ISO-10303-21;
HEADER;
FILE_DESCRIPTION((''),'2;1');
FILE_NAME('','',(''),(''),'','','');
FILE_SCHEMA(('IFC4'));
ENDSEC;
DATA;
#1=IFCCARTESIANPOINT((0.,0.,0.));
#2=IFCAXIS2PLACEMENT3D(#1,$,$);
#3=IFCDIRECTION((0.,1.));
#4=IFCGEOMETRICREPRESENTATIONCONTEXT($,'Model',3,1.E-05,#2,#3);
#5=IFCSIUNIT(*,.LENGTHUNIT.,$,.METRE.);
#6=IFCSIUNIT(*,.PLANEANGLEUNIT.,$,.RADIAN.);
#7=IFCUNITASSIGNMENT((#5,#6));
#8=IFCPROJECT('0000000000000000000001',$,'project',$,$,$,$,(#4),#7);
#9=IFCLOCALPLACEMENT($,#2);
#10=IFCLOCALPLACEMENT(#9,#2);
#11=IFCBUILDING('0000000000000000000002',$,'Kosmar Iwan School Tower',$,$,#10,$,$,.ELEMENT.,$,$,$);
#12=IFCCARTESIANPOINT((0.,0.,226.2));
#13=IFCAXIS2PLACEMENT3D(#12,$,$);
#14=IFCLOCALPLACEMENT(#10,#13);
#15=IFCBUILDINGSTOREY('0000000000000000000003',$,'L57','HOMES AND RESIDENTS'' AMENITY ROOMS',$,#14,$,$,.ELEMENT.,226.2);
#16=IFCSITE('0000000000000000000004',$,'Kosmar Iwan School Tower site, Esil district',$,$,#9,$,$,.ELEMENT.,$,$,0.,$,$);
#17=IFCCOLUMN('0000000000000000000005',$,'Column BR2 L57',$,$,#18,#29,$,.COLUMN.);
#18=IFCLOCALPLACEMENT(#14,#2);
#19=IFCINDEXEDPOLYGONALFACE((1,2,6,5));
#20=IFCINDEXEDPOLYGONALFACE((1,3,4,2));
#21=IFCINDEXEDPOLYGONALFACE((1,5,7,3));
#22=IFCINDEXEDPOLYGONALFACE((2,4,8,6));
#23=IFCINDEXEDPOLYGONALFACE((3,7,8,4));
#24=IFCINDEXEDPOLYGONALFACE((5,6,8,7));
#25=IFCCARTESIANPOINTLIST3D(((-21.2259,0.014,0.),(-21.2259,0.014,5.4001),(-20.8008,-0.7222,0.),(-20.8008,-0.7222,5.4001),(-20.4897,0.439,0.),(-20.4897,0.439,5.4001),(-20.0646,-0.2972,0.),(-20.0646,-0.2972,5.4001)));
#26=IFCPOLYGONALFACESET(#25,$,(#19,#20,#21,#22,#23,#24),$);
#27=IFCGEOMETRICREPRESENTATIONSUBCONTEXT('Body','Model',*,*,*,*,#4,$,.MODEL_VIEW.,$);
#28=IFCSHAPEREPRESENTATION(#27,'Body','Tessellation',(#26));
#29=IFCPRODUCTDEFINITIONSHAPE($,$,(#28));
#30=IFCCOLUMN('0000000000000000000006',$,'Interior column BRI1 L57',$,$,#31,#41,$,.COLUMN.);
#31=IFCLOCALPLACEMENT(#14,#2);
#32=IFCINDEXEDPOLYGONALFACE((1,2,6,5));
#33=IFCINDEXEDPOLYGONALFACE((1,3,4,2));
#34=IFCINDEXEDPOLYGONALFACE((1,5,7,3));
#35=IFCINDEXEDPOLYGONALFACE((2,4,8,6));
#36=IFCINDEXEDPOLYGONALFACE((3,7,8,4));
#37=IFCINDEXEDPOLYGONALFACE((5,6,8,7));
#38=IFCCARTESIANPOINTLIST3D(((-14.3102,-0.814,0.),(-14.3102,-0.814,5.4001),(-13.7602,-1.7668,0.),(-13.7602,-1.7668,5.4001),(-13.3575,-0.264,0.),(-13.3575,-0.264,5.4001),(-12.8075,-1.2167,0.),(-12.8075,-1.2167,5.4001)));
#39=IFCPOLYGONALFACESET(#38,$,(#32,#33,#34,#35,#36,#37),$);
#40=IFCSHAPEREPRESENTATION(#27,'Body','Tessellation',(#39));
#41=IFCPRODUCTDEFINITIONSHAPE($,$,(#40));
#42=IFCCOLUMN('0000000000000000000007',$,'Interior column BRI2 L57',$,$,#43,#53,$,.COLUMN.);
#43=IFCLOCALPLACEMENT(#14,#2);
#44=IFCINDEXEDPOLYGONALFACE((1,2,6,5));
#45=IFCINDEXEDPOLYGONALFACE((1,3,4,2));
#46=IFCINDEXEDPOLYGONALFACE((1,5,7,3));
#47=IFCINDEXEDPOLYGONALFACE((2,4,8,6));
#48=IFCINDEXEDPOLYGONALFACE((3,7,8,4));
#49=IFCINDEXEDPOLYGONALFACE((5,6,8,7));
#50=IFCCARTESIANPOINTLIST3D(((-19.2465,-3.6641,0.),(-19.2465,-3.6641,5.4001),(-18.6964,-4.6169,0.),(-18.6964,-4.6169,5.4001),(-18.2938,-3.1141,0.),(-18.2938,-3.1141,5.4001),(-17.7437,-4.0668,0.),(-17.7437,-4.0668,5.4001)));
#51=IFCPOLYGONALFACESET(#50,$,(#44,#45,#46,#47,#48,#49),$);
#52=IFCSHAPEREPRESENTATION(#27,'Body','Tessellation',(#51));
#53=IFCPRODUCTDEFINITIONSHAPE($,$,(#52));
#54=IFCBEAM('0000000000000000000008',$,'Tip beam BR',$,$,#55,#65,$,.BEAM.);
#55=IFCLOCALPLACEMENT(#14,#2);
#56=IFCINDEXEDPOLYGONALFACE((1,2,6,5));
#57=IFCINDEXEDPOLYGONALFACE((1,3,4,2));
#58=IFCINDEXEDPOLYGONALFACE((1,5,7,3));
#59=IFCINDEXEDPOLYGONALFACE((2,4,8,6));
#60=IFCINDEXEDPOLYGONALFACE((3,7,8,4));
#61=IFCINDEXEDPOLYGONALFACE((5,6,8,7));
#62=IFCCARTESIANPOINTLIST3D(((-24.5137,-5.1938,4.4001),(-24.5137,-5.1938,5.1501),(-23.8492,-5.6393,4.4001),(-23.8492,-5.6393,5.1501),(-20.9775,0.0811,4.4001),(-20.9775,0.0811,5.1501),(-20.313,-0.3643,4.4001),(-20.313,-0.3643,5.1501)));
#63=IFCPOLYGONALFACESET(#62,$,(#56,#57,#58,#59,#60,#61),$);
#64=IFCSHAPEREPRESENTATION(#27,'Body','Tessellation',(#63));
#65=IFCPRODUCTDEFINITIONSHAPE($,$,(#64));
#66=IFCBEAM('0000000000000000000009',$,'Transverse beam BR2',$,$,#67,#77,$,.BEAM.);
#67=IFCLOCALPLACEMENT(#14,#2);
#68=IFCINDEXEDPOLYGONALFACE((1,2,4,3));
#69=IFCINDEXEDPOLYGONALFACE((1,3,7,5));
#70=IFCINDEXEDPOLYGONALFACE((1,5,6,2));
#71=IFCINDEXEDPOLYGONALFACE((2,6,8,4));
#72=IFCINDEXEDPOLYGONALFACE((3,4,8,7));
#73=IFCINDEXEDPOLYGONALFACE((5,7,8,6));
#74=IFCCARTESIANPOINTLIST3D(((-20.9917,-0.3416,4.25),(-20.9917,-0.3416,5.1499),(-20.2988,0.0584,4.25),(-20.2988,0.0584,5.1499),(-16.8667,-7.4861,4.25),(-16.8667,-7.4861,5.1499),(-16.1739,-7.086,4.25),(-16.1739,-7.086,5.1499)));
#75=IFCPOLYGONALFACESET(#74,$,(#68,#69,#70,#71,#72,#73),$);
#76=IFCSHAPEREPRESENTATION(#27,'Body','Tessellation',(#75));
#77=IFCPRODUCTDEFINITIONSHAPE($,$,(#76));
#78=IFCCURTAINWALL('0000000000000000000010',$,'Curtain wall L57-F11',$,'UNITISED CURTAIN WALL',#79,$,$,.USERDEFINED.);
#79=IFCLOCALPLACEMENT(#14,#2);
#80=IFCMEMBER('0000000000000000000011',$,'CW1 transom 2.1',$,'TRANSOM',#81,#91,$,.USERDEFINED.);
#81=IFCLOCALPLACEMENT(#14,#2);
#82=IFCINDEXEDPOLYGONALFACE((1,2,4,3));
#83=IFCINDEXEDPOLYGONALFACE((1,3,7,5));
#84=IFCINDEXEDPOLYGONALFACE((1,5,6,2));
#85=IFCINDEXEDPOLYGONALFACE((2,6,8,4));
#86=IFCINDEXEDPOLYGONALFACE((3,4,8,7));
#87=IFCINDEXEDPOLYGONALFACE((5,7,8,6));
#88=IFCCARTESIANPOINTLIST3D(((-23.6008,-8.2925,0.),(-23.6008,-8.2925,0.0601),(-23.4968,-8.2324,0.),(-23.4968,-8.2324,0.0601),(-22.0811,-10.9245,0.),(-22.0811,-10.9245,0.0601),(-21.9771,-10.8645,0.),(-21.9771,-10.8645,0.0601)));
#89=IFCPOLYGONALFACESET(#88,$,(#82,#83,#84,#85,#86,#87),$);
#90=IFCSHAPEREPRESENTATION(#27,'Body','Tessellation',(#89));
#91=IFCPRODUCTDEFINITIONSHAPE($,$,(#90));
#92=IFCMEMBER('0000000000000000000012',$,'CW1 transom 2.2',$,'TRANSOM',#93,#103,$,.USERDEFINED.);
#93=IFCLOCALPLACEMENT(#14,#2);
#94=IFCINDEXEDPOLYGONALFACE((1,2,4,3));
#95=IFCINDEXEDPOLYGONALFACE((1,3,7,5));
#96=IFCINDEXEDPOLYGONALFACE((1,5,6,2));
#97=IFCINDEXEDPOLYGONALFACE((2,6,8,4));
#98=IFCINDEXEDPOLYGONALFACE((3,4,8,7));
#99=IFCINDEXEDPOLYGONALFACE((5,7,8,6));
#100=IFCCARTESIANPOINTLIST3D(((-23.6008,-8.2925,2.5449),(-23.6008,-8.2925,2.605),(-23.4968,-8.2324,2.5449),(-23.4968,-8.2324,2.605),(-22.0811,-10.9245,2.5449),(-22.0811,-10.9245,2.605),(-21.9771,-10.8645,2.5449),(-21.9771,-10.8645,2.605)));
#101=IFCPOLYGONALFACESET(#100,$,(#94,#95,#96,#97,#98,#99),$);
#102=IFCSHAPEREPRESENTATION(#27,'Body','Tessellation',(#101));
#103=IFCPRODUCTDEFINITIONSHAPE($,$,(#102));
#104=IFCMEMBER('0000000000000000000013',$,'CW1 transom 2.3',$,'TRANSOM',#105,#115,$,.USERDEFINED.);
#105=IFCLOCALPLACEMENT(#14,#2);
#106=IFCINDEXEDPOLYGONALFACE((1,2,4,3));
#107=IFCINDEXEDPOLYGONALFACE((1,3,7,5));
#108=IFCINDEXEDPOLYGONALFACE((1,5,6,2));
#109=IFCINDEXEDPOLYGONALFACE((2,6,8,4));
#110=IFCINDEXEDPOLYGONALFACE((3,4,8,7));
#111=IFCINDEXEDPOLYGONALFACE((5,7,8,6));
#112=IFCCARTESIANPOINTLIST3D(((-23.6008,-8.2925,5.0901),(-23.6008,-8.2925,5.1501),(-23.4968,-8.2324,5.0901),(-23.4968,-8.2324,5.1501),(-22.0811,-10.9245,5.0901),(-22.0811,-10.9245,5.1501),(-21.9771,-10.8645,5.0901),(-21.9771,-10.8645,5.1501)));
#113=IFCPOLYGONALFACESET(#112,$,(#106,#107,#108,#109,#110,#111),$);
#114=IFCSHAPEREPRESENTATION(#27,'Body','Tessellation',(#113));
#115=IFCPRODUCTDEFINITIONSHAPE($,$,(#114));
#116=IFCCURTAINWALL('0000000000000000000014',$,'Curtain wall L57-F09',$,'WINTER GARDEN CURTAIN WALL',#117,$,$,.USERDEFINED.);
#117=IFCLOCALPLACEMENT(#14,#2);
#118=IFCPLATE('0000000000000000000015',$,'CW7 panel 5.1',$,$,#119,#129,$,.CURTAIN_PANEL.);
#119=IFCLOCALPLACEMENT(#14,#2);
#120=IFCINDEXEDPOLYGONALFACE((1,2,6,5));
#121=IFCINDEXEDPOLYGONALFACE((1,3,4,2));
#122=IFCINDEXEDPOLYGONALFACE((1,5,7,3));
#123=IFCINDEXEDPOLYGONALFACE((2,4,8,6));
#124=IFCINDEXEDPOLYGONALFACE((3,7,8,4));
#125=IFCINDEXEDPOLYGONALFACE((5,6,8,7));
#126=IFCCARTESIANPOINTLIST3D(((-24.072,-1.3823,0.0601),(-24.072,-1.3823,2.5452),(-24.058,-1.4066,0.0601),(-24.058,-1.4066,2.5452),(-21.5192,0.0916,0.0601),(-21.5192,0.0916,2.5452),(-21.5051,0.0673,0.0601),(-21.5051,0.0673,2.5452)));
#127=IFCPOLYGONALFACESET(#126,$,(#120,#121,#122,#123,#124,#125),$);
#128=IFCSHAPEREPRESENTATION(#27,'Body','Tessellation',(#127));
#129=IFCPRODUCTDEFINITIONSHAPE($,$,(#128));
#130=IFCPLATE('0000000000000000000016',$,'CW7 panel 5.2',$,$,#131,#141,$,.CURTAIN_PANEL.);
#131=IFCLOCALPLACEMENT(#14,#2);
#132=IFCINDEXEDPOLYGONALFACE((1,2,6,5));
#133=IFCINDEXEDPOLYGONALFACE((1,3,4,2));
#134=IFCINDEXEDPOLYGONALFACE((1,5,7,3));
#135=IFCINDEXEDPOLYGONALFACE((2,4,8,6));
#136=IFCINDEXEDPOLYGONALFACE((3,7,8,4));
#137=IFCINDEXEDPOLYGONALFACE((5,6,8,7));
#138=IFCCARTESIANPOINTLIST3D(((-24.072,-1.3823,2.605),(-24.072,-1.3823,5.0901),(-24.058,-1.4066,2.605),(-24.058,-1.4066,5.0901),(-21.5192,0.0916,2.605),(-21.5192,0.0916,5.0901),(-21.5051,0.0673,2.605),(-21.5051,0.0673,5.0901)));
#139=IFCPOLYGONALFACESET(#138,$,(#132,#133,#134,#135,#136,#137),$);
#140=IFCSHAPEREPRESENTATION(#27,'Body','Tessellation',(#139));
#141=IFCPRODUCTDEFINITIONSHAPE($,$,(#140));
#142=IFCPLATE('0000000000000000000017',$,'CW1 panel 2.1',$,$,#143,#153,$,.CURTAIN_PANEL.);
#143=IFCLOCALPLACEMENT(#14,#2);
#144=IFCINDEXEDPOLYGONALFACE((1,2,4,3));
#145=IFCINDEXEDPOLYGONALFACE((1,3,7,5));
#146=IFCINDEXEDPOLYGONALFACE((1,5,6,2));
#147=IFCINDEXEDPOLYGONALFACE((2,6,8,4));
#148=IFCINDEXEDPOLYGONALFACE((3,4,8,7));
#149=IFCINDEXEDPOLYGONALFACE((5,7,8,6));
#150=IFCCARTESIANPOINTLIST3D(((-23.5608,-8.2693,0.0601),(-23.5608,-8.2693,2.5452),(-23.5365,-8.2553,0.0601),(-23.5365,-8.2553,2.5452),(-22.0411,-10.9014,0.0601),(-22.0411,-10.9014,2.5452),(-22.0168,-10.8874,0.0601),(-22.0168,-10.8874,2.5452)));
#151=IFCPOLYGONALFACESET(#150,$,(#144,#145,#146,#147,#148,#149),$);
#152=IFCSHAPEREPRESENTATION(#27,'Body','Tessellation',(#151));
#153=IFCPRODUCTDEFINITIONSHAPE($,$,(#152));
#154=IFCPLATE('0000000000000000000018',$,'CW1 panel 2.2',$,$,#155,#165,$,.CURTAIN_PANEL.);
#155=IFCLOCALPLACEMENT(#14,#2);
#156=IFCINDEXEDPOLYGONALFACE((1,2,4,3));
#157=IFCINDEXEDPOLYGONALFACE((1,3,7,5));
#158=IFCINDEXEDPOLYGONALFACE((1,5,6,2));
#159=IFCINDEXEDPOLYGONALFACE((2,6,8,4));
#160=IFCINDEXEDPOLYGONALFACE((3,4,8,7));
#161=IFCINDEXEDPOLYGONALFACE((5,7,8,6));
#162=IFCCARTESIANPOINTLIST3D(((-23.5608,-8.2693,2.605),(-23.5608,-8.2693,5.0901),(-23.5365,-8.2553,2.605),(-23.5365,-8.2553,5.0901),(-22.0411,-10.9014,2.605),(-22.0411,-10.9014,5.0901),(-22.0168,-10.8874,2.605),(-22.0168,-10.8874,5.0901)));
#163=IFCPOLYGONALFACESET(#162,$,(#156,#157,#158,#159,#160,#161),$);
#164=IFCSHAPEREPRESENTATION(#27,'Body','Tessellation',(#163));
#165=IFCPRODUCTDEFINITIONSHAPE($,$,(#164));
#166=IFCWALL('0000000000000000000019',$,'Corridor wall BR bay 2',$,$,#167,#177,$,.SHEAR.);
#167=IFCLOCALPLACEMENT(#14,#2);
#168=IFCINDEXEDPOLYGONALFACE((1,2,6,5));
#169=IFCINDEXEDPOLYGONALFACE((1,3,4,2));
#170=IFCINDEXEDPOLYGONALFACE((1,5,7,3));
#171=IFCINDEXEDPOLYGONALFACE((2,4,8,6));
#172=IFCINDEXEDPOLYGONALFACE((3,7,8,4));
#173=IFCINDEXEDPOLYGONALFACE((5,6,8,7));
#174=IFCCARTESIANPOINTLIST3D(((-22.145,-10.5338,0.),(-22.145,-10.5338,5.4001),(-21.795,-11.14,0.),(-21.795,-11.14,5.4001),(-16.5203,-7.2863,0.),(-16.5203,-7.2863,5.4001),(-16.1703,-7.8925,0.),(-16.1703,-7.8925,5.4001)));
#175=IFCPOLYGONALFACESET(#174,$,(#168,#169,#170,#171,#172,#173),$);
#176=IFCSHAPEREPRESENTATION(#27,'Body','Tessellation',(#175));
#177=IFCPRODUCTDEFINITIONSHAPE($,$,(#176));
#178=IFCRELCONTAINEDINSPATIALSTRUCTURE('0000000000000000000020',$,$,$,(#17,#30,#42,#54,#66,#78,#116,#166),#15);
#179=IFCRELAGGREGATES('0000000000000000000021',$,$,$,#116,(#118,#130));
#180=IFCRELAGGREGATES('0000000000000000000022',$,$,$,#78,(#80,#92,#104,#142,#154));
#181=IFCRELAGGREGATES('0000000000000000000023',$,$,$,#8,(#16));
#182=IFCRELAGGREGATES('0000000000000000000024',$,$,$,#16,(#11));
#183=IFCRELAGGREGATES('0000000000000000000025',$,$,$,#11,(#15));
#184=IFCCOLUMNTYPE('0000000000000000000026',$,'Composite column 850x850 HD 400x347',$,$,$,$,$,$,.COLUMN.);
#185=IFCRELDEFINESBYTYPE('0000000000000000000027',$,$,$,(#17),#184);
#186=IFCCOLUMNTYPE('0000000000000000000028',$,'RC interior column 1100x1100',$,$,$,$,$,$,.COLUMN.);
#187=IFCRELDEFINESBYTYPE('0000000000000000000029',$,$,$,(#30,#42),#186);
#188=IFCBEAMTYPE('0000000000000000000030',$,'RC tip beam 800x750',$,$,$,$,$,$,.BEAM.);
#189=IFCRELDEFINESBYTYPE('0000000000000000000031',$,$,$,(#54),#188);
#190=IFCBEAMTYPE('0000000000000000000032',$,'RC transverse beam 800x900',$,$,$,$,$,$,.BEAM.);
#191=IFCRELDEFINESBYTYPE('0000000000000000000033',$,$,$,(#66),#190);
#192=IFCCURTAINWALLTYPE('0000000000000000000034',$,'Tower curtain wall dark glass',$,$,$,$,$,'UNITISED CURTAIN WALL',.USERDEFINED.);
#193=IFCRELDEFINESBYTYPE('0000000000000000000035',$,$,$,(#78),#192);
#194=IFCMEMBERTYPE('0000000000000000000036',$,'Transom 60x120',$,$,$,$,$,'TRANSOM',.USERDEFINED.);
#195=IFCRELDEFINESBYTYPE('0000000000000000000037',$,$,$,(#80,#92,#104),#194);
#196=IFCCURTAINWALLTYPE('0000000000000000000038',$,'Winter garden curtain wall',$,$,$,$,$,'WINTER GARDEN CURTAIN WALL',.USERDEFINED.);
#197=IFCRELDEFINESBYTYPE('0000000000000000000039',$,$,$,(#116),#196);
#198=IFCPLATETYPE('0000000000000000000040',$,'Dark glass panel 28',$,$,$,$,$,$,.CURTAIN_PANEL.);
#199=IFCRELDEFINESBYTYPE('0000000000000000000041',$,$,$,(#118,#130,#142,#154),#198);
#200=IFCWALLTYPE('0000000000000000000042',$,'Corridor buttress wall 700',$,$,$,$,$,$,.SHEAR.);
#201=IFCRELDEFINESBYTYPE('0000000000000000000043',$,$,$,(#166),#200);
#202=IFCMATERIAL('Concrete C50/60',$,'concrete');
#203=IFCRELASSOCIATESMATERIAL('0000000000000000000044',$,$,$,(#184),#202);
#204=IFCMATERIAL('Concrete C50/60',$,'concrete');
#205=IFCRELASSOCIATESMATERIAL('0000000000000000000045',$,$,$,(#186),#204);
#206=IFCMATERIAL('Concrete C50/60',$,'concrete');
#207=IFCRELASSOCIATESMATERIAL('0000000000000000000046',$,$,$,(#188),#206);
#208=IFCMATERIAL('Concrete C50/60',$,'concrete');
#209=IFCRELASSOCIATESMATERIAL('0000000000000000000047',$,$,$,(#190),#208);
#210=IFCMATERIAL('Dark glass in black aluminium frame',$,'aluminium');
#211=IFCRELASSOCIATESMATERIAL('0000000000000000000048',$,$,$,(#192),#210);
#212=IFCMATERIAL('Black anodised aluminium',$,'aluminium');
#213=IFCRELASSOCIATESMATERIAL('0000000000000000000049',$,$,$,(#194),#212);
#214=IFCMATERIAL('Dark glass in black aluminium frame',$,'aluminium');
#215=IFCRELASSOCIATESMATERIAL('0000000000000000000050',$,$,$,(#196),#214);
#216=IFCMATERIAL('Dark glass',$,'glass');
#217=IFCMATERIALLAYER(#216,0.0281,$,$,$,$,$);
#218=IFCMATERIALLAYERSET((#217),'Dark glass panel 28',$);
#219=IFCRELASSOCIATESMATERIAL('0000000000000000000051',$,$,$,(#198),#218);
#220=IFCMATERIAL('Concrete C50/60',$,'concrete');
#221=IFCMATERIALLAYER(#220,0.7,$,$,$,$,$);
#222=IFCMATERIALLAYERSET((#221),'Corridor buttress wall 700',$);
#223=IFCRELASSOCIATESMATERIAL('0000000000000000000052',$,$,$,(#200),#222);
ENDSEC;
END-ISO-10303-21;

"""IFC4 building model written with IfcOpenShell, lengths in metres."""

from ifc_helpers import new_model, si_unit, direction, frame, frame_2d, origin, origin_2d, place, context, subcontext, project, spatial, rectangle, extrude, material, layer, layer_set, material_profile, profile_set, type_object, element, aggregate, save


model = new_model("IFC4")

# Units and contexts
model_context = context("Model", 3, precision=1e-05, world=origin(), true_north=direction((0.0, 1.0)))
body_context = subcontext(model_context, "Body", "Model", "MODEL_VIEW")
ifc_project = project(units=[si_unit("LENGTHUNIT", "METRE"), si_unit("PLANEANGLEUNIT", "RADIAN")], contexts=[model_context])

# Site, building, storey
site_placement = place(None, origin())
site = spatial("IfcSite", under=ifc_project, at=site_placement, Name="Kosmar Iwan School Tower site, Esil district", CompositionType="ELEMENT", RefElevation=0.0)
building_placement = place(site_placement, origin())
building = spatial("IfcBuilding", under=site, at=building_placement, Name="Kosmar Iwan School Tower", CompositionType="ELEMENT")
storey_placement = place(building_placement, frame((0.0, 0.0, 226.2)))
storey = spatial("IfcBuildingStorey", under=building, at=storey_placement, Name="L57", Description="HOMES AND RESIDENTS' AMENITY ROOMS", CompositionType="ELEMENT", Elevation=226.2)

# Columns
ifc_material_1 = material(Name="Concrete C50/60", Category="concrete")
ifc_material_profile_1 = material_profile(ifc_material_1, rectangle(XDim=0.8501, YDim=0.8501, at=origin_2d()), Name="RC 850x850 + HD 400x347")
ifc_profile_set_1 = profile_set([ifc_material_profile_1], Name="Concrete C50/60")
column_type_1 = type_object("IfcColumnType", Name="Composite column 850x850 HD 400x347", PredefinedType="COLUMN", material=ifc_profile_set_1)
column_placement = place(storey_placement, frame((-20.6453, -0.1416, 0.0), z_axis=(0.0, 0.0, 1.0), x_axis=(-0.866025, -0.5, 0.0)))
element("IfcColumn", 1, at=column_placement, inside=storey, type_object=column_type_1, Name="Column BR2 L57", PredefinedType="COLUMN", context=body_context, shape_type="SweptSolid", body=[
    extrude(rectangle(XDim=0.8501, YDim=0.8501, at=origin_2d()), origin(), (0.0, 0.0, 1.0), 5.4001),
])
ifc_material_2 = material(Name="Concrete C50/60", Category="concrete")
ifc_material_profile_2 = material_profile(ifc_material_2, rectangle(XDim=1.1001, YDim=1.1001, at=origin_2d()), Name="RC 1100x1100")
ifc_profile_set_2 = profile_set([ifc_material_profile_2], Name="Concrete C50/60")
column_type_2 = type_object("IfcColumnType", Name="RC interior column 1100x1100", PredefinedType="COLUMN", material=ifc_profile_set_2)
for number, where, z_axis, x_axis, name in (
    (2, (-13.5588, -1.0154, 0.0), (0.0, 0.0, 1.0), (-0.866025, -0.5, 0.0), "Interior column BRI1 L57"),
    (3, (-18.4951, -3.8655, 0.0), (0.0, 0.0, 1.0), (-0.866025, -0.5, 0.0), "Interior column BRI2 L57"),
):
    element("IfcColumn", number, at=place(storey_placement, frame(where, z_axis=z_axis, x_axis=x_axis)), inside=storey, type_object=column_type_2, Name=name, PredefinedType="COLUMN", context=body_context, shape_type="SweptSolid", body=[
        extrude(rectangle(XDim=1.1001, YDim=1.1001, at=origin_2d()), origin(), (0.0, 0.0, 1.0), 5.4001),
    ])

# Beams
ifc_material_3 = material(Name="Concrete C50/60", Category="concrete")
ifc_material_profile_3 = material_profile(ifc_material_3, rectangle(XDim=0.8, YDim=0.75, at=origin_2d()), Name="RC 800x750")
ifc_profile_set_3 = profile_set([ifc_material_profile_3], Name="Concrete C50/60")
beam_type_1 = type_object("IfcBeamType", Name="RC tip beam 800x750", PredefinedType="BEAM", material=ifc_profile_set_3)
beam_1_placement = place(storey_placement, frame((-20.6453, -0.1416, 4.7751), z_axis=(-0.556828, -0.830628, 0.0), x_axis=(0.830628, -0.556828, 0.0)))
element("IfcBeam", 4, at=beam_1_placement, inside=storey, type_object=beam_type_1, Name="Tip beam BR", PredefinedType="BEAM", context=body_context, shape_type="SweptSolid", body=[
    extrude(rectangle(XDim=0.8, YDim=0.75, at=origin_2d()), origin(), (0.0, 0.0, 1.0), 6.3506),
])
ifc_material_4 = material(Name="Concrete C50/60", Category="concrete")
ifc_material_profile_4 = material_profile(ifc_material_4, rectangle(XDim=0.8, YDim=0.8999, at=origin_2d()), Name="RC 800x900")
ifc_profile_set_4 = profile_set([ifc_material_profile_4], Name="Concrete C50/60")
beam_type_2 = type_object("IfcBeamType", Name="RC transverse beam 800x900", PredefinedType="BEAM", material=ifc_profile_set_4)
beam_2_placement = place(storey_placement, frame((-20.6453, -0.1416, 4.7), z_axis=(0.500009, -0.86602, 0.0), x_axis=(0.86602, 0.500009, 0.0)))
element("IfcBeam", 5, at=beam_2_placement, inside=storey, type_object=beam_type_2, Name="Transverse beam BR2", PredefinedType="BEAM", context=body_context, shape_type="SweptSolid", body=[
    extrude(rectangle(XDim=0.8, YDim=0.8999, at=origin_2d()), origin(), (0.0, 0.0, 1.0), 8.2498),
])

# Curtain wall, members
ifc_material_5 = material(Name="Dark glass in black aluminium frame", Category="aluminium")
curtain_wall_type_1 = type_object("IfcCurtainWallType", Name="Tower curtain wall dark glass", ElementType="UNITISED CURTAIN WALL", PredefinedType="USERDEFINED", material=ifc_material_5)
curtain_wall_1_placement = place(storey_placement, origin())
curtain_wall_1 = element("IfcCurtainWall", 6, at=curtain_wall_1_placement, inside=storey, type_object=curtain_wall_type_1, Name="Curtain wall L57-F11", ObjectType="UNITISED CURTAIN WALL", PredefinedType="USERDEFINED")
ifc_material_6 = material(Name="Black anodised aluminium", Category="aluminium")
ifc_material_profile_5 = material_profile(ifc_material_6, rectangle(XDim=0.1201, YDim=0.0601, at=origin_2d()), Name="TRANSOM 60x120")
ifc_profile_set_5 = profile_set([ifc_material_profile_5], Name="Black anodised aluminium")
member_type = type_object("IfcMemberType", Name="Transom 60x120", ElementType="TRANSOM", PredefinedType="USERDEFINED", material=ifc_profile_set_5)
member_1_placement = place(storey_placement, frame((-23.5488, -8.2625, 0.03), z_axis=(0.500035, -0.866005, 0.0), x_axis=(0.866005, 0.500035, 0.0)))
member_1 = element("IfcMember", 7, at=member_1_placement, type_object=member_type, Name="CW1 transom 2.1", ObjectType="TRANSOM", PredefinedType="USERDEFINED", context=body_context, shape_type="SweptSolid", body=[
    extrude(rectangle(XDim=0.1201, YDim=0.0601, at=origin_2d()), origin(), (0.0, 0.0, 1.0), 3.0393),
])
member_2_placement = place(storey_placement, frame((-23.5488, -8.2625, 2.575), z_axis=(0.500035, -0.866005, 0.0), x_axis=(0.866005, 0.500035, 0.0)))
member_2 = element("IfcMember", 8, at=member_2_placement, type_object=member_type, Name="CW1 transom 2.2", ObjectType="TRANSOM", PredefinedType="USERDEFINED", context=body_context, shape_type="SweptSolid", body=[
    extrude(rectangle(XDim=0.1201, YDim=0.0601, at=origin_2d()), origin(), (0.0, 0.0, 1.0), 3.0393),
])
member_3_placement = place(storey_placement, frame((-23.5488, -8.2625, 5.1201), z_axis=(0.500035, -0.866005, 0.0), x_axis=(0.866005, 0.500035, 0.0)))
member_3 = element("IfcMember", 9, at=member_3_placement, type_object=member_type, Name="CW1 transom 2.3", ObjectType="TRANSOM", PredefinedType="USERDEFINED", context=body_context, shape_type="SweptSolid", body=[
    extrude(rectangle(XDim=0.1201, YDim=0.0601, at=origin_2d()), origin(), (0.0, 0.0, 1.0), 3.0393),
])

# Curtain wall, plates
ifc_material_7 = material(Name="Dark glass in black aluminium frame", Category="aluminium")
curtain_wall_type_2 = type_object("IfcCurtainWallType", Name="Winter garden curtain wall", ElementType="WINTER GARDEN CURTAIN WALL", PredefinedType="USERDEFINED", material=ifc_material_7)
curtain_wall_2_placement = place(storey_placement, origin())
curtain_wall_2 = element("IfcCurtainWall", 10, at=curtain_wall_2_placement, inside=storey, type_object=curtain_wall_type_2, Name="Curtain wall L57-F09", ObjectType="WINTER GARDEN CURTAIN WALL", PredefinedType="USERDEFINED")
ifc_material_8 = material(Name="Dark glass", Category="glass")
ifc_layer_1 = layer(ifc_material_8, 0.0281)
ifc_layer_set_1 = layer_set([ifc_layer_1], Name="Dark glass panel 28")
plate_type = type_object("IfcPlateType", Name="Dark glass panel 28", PredefinedType="CURTAIN_PANEL", material=ifc_layer_set_1)
plate_1_placement = place(storey_placement, frame((-22.7886, -0.6575, 0.0601), z_axis=(0.0, 0.0, 1.0), x_axis=(-0.866025, -0.5, 0.0)))
plate_1 = element("IfcPlate", 11, at=plate_1_placement, type_object=plate_type, Name="CW7 panel 5.1", PredefinedType="CURTAIN_PANEL", context=body_context, shape_type="SweptSolid", body=[
    extrude(rectangle(XDim=2.9478, YDim=0.0281, at=origin_2d()), origin(), (0.0, 0.0, 1.0), 2.4851),
])
plate_2_placement = place(storey_placement, frame((-22.7886, -0.6575, 2.605), z_axis=(0.0, 0.0, 1.0), x_axis=(-0.866025, -0.5, 0.0)))
plate_2 = element("IfcPlate", 12, at=plate_2_placement, type_object=plate_type, Name="CW7 panel 5.2", PredefinedType="CURTAIN_PANEL", context=body_context, shape_type="SweptSolid", body=[
    extrude(rectangle(XDim=2.9478, YDim=0.0281, at=origin_2d()), origin(), (0.0, 0.0, 1.0), 2.4851),
])
aggregate(curtain_wall_2, [plate_1, plate_2])

# Plates
plate_3_placement = place(storey_placement, frame((-22.7888, -9.5784, 0.0601), z_axis=(0.0, 0.0, 1.0), x_axis=(0.5, -0.866025, 0.0)))
plate_3 = element("IfcPlate", 13, at=plate_3_placement, type_object=plate_type, Name="CW1 panel 2.1", PredefinedType="CURTAIN_PANEL", context=body_context, shape_type="SweptSolid", body=[
    extrude(rectangle(XDim=3.0393, YDim=0.0281, at=origin_2d()), origin(), (0.0, 0.0, 1.0), 2.4851),
])
plate_4_placement = place(storey_placement, frame((-22.7888, -9.5784, 2.605), z_axis=(0.0, 0.0, 1.0), x_axis=(0.5, -0.866025, 0.0)))
plate_4 = element("IfcPlate", 14, at=plate_4_placement, type_object=plate_type, Name="CW1 panel 2.2", PredefinedType="CURTAIN_PANEL", context=body_context, shape_type="SweptSolid", body=[
    extrude(rectangle(XDim=3.0393, YDim=0.0281, at=origin_2d()), origin(), (0.0, 0.0, 1.0), 2.4851),
])
aggregate(curtain_wall_1, [member_1, member_2, member_3, plate_3, plate_4])

# Wall
ifc_material_9 = material(Name="Concrete C50/60", Category="concrete")
ifc_layer_2 = layer(ifc_material_9, 0.7)
ifc_layer_set_2 = layer_set([ifc_layer_2], Name="Corridor buttress wall 700")
wall_type_1 = type_object("IfcWallType", Name="Corridor buttress wall 700", PredefinedType="SHEAR", material=ifc_layer_set_2)
wall_1_placement = place(storey_placement, frame((-16.3452, -7.5894, 0.0), z_axis=(0.0, 0.0, 1.0), x_axis=(-0.866018, -0.500012, 0.0)))
element("IfcWall", 15, at=wall_1_placement, inside=storey, type_object=wall_type_1, Name="Corridor wall BR bay 2", PredefinedType="SHEAR", context=body_context, shape_type="SweptSolid", body=[
    extrude(rectangle(XDim=6.4949, YDim=0.7, at=frame_2d((3.2476, 0.0))), origin(), (0.0, 0.0, 1.0), 5.4001),
])

save(model, "model.ifc")
